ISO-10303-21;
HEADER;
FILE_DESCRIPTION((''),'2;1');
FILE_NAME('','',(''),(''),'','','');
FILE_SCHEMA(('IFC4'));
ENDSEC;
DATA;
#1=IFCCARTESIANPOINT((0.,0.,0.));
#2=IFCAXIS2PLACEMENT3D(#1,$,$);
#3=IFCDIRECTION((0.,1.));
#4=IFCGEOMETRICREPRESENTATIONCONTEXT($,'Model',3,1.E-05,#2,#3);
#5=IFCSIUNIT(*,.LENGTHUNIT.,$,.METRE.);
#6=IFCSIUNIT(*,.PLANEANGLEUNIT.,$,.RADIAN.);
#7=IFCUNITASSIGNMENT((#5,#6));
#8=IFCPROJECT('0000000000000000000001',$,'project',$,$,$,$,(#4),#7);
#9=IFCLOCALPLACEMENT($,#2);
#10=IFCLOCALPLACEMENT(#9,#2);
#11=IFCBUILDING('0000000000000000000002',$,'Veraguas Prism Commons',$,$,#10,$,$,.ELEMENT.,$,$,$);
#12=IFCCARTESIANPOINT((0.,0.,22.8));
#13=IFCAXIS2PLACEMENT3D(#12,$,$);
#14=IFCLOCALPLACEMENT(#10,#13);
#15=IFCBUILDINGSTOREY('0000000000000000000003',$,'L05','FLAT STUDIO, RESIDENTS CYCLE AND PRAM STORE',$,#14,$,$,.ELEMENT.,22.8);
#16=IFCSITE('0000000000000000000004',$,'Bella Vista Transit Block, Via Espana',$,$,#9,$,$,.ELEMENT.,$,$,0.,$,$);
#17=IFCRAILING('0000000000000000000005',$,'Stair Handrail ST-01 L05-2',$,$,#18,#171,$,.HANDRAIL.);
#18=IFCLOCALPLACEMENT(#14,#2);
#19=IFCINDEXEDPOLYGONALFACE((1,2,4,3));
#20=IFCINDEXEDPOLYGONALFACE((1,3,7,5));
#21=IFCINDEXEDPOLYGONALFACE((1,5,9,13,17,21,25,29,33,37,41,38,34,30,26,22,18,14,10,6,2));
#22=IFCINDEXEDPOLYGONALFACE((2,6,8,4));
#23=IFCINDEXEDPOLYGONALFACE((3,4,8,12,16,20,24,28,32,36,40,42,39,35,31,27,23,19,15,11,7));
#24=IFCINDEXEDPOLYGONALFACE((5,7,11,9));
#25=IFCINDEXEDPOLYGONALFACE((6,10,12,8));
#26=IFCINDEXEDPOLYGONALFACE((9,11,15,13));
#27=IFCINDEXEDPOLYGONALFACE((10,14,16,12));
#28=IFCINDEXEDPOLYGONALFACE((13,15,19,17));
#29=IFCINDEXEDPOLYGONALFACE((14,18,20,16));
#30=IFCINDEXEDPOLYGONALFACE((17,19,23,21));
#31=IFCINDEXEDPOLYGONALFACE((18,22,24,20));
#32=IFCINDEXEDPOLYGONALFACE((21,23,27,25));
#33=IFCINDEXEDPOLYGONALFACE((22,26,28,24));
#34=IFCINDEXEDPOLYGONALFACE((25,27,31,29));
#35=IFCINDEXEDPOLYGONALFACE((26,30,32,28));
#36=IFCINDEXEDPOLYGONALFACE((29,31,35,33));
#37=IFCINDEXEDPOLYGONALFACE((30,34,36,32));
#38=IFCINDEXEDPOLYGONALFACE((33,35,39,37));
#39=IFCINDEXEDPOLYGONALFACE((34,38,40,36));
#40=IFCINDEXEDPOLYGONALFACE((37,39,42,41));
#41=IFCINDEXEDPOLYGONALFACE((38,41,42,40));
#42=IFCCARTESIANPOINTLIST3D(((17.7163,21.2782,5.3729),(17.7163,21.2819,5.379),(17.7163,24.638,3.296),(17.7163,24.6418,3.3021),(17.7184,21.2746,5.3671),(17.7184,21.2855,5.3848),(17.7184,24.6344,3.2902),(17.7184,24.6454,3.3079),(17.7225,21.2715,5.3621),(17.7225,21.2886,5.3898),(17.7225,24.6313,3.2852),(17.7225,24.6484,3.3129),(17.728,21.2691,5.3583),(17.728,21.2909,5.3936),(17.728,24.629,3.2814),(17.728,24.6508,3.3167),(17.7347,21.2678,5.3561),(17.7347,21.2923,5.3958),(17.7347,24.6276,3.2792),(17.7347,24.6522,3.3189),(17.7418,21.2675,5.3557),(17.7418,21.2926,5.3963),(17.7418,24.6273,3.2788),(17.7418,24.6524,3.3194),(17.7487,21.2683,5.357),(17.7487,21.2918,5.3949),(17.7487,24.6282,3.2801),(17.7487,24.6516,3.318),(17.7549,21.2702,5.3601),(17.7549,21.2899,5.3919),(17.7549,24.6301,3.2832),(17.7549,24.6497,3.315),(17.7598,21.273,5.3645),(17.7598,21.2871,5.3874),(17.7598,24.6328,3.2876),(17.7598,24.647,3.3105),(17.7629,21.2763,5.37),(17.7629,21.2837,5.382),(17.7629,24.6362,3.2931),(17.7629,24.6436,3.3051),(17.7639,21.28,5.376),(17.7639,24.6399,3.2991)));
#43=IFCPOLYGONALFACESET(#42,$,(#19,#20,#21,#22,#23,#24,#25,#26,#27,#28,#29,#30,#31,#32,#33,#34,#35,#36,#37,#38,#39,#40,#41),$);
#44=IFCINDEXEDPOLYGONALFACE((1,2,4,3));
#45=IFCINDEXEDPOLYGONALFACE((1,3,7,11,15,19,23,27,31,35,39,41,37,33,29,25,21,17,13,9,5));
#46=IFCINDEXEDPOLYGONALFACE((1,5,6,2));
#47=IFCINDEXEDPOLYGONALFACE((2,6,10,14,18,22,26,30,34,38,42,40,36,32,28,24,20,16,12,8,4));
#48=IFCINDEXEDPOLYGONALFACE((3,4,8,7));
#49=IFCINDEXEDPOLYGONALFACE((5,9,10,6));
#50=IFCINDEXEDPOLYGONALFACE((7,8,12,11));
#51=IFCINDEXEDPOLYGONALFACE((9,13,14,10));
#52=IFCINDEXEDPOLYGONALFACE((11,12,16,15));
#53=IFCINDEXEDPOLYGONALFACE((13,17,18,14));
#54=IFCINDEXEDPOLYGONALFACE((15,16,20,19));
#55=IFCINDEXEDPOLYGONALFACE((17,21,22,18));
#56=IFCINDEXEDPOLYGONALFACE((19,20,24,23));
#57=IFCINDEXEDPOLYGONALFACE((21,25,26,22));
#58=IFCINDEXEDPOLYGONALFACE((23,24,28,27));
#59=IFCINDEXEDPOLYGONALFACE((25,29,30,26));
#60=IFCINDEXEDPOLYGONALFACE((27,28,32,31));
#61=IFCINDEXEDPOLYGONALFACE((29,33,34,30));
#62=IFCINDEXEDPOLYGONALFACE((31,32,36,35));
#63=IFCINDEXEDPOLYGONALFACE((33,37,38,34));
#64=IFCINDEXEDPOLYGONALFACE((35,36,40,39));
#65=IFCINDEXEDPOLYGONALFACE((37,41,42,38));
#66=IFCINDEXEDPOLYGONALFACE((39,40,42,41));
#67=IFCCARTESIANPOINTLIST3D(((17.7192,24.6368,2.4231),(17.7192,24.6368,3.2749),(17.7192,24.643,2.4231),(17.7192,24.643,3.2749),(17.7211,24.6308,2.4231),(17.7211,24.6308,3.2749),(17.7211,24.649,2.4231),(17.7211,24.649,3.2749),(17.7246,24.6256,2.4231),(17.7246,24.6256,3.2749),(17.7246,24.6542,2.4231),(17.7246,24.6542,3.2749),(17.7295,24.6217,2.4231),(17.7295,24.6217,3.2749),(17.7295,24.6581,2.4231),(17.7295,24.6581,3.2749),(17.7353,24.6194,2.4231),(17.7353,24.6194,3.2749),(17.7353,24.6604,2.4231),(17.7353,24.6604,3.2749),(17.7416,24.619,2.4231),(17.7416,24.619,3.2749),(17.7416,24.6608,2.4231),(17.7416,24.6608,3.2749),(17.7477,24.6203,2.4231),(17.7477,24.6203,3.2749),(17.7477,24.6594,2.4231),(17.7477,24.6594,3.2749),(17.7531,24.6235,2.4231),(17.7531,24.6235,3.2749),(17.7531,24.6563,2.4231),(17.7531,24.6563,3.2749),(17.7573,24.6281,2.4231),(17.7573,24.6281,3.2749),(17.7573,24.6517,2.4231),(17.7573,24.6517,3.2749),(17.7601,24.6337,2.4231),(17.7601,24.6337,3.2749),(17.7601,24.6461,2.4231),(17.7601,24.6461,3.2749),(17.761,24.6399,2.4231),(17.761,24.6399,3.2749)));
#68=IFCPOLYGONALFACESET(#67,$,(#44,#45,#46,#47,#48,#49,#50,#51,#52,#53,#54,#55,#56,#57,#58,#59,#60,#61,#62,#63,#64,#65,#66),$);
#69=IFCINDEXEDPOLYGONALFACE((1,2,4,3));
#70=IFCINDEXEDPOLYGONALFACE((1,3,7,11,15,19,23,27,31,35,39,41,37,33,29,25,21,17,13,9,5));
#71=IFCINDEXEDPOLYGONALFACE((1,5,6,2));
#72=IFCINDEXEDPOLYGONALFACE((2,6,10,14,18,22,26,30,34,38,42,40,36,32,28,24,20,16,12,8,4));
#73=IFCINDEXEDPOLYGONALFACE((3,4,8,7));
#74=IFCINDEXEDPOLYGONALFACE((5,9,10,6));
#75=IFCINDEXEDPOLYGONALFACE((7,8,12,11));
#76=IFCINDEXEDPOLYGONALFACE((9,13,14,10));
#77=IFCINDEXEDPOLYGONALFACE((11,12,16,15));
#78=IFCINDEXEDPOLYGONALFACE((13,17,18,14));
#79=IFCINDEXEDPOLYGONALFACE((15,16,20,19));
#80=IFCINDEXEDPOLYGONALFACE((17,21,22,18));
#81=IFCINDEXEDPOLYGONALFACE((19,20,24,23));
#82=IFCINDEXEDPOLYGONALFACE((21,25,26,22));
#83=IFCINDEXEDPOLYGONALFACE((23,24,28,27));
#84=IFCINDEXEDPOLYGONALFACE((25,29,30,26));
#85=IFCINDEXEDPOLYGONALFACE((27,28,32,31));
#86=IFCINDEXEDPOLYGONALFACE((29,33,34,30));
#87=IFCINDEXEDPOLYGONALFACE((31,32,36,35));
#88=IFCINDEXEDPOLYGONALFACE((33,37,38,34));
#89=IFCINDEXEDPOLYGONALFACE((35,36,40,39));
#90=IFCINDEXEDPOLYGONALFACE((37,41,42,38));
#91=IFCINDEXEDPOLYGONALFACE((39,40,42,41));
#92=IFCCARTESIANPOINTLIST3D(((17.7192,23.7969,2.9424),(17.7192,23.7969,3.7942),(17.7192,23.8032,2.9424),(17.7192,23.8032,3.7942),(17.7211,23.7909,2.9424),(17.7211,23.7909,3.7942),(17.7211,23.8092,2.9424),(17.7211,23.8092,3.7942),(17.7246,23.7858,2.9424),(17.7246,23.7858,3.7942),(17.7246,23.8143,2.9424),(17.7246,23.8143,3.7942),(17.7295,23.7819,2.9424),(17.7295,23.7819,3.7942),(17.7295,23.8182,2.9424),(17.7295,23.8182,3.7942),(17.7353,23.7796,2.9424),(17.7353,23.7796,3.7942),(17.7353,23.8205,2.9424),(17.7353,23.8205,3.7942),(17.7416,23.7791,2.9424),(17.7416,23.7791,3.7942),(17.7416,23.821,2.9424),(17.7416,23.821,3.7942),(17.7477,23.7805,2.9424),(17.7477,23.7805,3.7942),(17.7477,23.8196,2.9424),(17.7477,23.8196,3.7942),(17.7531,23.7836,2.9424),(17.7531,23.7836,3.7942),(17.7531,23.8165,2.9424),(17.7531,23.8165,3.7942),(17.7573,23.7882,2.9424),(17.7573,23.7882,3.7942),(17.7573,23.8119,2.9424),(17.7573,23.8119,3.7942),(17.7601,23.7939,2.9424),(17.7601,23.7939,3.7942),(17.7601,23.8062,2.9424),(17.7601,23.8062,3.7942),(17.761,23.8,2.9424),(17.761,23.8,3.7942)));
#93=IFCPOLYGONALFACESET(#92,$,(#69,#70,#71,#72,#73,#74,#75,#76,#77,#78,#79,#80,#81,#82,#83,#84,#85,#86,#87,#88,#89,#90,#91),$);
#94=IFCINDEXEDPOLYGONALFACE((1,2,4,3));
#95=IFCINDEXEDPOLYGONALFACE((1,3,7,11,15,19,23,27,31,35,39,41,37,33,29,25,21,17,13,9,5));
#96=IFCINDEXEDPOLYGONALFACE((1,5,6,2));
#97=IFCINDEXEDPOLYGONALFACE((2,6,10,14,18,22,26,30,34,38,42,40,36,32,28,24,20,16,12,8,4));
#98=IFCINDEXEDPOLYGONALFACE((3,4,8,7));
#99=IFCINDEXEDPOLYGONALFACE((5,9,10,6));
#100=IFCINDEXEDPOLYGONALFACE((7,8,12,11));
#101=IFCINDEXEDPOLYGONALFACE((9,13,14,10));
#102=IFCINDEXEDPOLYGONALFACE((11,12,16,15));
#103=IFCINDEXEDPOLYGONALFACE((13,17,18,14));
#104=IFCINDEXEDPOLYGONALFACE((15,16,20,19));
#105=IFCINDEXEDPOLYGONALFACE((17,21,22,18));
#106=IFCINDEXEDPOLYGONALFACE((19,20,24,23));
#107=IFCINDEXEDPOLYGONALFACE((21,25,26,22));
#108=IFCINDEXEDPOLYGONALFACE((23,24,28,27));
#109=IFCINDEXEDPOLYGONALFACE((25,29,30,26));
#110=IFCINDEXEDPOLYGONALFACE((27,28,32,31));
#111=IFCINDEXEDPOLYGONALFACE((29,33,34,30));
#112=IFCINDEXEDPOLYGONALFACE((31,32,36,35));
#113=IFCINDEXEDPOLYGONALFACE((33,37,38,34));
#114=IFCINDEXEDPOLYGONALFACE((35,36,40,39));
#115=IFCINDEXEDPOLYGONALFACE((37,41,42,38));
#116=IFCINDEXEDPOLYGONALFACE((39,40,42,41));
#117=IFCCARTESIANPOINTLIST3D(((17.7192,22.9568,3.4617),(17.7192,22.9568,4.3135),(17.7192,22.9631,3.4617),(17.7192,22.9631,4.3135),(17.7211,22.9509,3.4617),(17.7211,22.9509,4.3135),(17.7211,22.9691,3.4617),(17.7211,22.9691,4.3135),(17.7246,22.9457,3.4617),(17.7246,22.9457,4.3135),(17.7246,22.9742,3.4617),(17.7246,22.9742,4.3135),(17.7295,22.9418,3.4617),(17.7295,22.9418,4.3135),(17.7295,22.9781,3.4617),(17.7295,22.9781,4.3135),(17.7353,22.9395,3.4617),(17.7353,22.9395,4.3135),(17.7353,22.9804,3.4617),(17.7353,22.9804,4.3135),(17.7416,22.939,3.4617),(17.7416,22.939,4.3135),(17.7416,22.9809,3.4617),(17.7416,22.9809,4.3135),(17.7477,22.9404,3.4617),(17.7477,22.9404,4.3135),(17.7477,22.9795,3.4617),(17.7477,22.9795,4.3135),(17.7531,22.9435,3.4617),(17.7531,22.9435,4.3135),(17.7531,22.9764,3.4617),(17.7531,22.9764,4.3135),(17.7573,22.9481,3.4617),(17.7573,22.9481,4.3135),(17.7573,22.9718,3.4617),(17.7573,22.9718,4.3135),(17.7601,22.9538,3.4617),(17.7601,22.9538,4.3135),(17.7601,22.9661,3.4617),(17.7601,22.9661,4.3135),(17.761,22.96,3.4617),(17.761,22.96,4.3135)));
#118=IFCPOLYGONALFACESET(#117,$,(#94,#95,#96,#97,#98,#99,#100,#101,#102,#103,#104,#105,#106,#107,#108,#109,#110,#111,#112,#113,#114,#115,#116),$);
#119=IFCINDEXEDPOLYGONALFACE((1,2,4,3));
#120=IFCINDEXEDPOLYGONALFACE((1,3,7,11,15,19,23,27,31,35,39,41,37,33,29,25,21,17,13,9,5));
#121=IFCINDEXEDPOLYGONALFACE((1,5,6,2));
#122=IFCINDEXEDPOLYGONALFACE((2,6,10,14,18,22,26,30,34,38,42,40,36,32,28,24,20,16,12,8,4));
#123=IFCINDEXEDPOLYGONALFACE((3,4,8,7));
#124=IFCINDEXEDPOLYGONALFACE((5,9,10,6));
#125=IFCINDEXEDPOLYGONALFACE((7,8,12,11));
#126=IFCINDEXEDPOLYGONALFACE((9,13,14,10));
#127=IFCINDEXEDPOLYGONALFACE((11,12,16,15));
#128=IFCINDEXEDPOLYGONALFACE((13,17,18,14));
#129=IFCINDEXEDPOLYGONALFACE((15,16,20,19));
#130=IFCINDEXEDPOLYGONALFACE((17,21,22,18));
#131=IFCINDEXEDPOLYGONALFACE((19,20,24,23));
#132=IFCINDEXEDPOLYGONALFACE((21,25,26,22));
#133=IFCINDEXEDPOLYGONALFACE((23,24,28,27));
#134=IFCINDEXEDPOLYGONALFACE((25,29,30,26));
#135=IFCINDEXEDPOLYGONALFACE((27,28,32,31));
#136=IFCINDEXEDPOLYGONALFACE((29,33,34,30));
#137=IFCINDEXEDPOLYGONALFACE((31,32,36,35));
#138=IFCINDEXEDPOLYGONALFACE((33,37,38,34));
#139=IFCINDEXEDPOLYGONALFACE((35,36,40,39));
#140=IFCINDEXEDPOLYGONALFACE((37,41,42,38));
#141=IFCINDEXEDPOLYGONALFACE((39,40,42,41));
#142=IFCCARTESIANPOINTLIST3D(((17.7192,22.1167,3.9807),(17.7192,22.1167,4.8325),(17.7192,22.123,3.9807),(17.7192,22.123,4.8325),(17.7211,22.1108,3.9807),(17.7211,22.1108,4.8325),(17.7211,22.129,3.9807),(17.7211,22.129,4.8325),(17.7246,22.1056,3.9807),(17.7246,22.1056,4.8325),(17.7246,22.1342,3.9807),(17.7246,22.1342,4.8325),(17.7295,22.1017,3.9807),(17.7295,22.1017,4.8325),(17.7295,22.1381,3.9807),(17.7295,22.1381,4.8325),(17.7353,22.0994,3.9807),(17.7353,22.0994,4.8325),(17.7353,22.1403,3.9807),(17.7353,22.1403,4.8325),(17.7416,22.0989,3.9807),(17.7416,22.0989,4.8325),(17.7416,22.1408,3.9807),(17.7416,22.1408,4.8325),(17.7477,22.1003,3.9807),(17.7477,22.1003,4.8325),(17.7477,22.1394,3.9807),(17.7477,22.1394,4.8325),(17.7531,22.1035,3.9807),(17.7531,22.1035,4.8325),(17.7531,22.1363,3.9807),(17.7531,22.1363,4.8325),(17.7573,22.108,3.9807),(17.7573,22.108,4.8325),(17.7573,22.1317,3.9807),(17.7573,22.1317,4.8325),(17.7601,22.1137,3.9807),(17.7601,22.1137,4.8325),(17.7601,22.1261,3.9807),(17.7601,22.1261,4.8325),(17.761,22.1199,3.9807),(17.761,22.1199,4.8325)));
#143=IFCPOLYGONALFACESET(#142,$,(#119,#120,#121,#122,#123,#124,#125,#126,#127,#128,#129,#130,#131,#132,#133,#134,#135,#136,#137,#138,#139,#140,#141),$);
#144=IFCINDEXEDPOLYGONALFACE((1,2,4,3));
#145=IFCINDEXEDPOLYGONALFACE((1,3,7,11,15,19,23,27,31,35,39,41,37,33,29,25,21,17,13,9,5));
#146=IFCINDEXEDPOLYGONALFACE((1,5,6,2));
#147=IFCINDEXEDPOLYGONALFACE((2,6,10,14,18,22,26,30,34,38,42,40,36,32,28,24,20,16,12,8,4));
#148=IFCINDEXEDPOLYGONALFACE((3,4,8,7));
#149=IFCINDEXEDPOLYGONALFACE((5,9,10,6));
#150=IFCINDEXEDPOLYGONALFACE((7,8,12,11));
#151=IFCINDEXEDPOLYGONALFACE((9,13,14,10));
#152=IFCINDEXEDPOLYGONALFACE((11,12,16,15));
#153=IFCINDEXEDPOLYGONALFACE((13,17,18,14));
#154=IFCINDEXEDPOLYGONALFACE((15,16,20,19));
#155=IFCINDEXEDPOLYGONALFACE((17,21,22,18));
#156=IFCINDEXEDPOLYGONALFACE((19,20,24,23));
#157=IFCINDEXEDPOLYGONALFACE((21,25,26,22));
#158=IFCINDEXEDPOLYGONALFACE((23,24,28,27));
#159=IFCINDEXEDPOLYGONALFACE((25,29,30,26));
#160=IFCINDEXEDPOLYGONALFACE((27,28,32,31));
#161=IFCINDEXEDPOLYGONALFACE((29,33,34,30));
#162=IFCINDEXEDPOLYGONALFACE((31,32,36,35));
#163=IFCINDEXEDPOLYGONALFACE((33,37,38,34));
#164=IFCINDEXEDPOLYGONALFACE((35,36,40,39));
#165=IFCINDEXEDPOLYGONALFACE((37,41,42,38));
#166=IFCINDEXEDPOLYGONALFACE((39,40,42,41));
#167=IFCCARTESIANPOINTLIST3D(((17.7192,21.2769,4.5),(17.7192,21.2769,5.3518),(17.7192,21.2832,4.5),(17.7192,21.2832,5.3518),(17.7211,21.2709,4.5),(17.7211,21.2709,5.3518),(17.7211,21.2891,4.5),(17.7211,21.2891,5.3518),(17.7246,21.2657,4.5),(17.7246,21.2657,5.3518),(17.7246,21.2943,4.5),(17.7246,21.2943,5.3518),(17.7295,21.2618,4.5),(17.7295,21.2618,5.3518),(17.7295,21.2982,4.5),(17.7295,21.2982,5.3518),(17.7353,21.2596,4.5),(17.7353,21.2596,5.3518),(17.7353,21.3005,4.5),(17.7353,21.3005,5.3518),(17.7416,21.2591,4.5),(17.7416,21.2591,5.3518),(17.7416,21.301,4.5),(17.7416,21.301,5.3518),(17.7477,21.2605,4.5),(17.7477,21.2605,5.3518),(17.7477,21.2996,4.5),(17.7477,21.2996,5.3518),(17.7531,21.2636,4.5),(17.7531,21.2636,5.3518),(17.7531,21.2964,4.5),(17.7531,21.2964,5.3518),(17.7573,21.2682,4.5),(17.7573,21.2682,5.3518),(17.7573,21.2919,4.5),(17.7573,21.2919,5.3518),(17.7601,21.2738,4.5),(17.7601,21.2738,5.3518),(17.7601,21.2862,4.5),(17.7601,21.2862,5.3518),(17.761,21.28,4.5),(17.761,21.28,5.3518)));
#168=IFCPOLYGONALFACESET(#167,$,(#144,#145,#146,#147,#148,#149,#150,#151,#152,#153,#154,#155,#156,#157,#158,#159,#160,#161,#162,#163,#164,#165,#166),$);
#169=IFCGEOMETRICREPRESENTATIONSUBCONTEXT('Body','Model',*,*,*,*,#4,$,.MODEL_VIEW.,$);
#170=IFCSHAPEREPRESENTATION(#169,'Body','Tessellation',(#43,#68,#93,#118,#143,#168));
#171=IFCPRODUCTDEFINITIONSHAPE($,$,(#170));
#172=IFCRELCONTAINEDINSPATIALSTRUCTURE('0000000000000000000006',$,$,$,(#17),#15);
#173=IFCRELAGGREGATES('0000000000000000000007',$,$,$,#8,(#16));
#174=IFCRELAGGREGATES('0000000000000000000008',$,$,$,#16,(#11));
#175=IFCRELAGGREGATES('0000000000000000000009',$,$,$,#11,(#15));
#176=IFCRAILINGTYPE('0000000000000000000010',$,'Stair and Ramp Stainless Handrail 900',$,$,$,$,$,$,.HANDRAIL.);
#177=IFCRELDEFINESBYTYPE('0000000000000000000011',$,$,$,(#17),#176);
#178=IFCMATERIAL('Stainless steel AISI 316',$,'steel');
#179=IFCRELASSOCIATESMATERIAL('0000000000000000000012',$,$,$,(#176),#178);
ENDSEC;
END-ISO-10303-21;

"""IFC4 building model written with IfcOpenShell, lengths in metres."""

from ifc_helpers import new_model, si_unit, direction, frame, origin, origin_2d, place, context, subcontext, project, spatial, circle, extrude, material, type_object, element, save


model = new_model("IFC4")

# Units and contexts
model_context = context("Model", 3, precision=1e-05, world=origin(), true_north=direction((0.0, 1.0)))
body_context = subcontext(model_context, "Body", "Model", "MODEL_VIEW")
ifc_project = project(units=[si_unit("LENGTHUNIT", "METRE"), si_unit("PLANEANGLEUNIT", "RADIAN")], contexts=[model_context])

# Site, building, storey
site_placement = place(None, origin())
site = spatial("IfcSite", under=ifc_project, at=site_placement, Name="Bella Vista Transit Block, Via Espana", CompositionType="ELEMENT", RefElevation=0.0)
building_placement = place(site_placement, origin())
building = spatial("IfcBuilding", under=site, at=building_placement, Name="Veraguas Prism Commons", CompositionType="ELEMENT")
storey_placement = place(building_placement, frame((0.0, 0.0, 22.8)))
storey = spatial("IfcBuildingStorey", under=building, at=storey_placement, Name="L05", Description="FLAT STUDIO, RESIDENTS CYCLE AND PRAM STORE", CompositionType="ELEMENT", Elevation=22.8)

# Railing
ifc_material_1 = material(Name="Stainless steel AISI 316", Category="steel")
railing_type_1 = type_object("IfcRailingType", Name="Stair and Ramp Stainless Handrail 900", PredefinedType="HANDRAIL", material=ifc_material_1)
railing_1_placement = place(storey_placement, frame((17.74, 24.6399, 2.4231)))
element("IfcRailing", 1, at=railing_1_placement, inside=storey, type_object=railing_type_1, Name="Stair Handrail ST-01 L05-2", PredefinedType="HANDRAIL", context=body_context, shape_type="SweptSolid", body=[
    extrude(circle(Radius=0.0239, at=origin_2d()), frame((0.0, 0.0, 0.876), z_axis=(0.0, -0.850606, 0.525803), x_axis=(1.0, 0.0, 0.0)), (0.0, 0.0, 1.0), 3.95),
    extrude(circle(Radius=0.021, at=origin_2d()), origin(), (0.0, 0.0, 1.0), 0.8518),
    extrude(circle(Radius=0.021, at=origin_2d()), frame((0.0, -0.8398, 0.5193)), (0.0, 0.0, 1.0), 0.8518),
    extrude(circle(Radius=0.021, at=origin_2d()), frame((0.0, -1.6799, 1.0386)), (0.0, 0.0, 1.0), 0.8518),
    extrude(circle(Radius=0.021, at=origin_2d()), frame((0.0, -2.52, 1.5576)), (0.0, 0.0, 1.0), 0.8518),
    extrude(circle(Radius=0.021, at=origin_2d()), frame((0.0, -3.3599, 2.0769)), (0.0, 0.0, 1.0), 0.8518),
])

save(model, "model.ifc")
